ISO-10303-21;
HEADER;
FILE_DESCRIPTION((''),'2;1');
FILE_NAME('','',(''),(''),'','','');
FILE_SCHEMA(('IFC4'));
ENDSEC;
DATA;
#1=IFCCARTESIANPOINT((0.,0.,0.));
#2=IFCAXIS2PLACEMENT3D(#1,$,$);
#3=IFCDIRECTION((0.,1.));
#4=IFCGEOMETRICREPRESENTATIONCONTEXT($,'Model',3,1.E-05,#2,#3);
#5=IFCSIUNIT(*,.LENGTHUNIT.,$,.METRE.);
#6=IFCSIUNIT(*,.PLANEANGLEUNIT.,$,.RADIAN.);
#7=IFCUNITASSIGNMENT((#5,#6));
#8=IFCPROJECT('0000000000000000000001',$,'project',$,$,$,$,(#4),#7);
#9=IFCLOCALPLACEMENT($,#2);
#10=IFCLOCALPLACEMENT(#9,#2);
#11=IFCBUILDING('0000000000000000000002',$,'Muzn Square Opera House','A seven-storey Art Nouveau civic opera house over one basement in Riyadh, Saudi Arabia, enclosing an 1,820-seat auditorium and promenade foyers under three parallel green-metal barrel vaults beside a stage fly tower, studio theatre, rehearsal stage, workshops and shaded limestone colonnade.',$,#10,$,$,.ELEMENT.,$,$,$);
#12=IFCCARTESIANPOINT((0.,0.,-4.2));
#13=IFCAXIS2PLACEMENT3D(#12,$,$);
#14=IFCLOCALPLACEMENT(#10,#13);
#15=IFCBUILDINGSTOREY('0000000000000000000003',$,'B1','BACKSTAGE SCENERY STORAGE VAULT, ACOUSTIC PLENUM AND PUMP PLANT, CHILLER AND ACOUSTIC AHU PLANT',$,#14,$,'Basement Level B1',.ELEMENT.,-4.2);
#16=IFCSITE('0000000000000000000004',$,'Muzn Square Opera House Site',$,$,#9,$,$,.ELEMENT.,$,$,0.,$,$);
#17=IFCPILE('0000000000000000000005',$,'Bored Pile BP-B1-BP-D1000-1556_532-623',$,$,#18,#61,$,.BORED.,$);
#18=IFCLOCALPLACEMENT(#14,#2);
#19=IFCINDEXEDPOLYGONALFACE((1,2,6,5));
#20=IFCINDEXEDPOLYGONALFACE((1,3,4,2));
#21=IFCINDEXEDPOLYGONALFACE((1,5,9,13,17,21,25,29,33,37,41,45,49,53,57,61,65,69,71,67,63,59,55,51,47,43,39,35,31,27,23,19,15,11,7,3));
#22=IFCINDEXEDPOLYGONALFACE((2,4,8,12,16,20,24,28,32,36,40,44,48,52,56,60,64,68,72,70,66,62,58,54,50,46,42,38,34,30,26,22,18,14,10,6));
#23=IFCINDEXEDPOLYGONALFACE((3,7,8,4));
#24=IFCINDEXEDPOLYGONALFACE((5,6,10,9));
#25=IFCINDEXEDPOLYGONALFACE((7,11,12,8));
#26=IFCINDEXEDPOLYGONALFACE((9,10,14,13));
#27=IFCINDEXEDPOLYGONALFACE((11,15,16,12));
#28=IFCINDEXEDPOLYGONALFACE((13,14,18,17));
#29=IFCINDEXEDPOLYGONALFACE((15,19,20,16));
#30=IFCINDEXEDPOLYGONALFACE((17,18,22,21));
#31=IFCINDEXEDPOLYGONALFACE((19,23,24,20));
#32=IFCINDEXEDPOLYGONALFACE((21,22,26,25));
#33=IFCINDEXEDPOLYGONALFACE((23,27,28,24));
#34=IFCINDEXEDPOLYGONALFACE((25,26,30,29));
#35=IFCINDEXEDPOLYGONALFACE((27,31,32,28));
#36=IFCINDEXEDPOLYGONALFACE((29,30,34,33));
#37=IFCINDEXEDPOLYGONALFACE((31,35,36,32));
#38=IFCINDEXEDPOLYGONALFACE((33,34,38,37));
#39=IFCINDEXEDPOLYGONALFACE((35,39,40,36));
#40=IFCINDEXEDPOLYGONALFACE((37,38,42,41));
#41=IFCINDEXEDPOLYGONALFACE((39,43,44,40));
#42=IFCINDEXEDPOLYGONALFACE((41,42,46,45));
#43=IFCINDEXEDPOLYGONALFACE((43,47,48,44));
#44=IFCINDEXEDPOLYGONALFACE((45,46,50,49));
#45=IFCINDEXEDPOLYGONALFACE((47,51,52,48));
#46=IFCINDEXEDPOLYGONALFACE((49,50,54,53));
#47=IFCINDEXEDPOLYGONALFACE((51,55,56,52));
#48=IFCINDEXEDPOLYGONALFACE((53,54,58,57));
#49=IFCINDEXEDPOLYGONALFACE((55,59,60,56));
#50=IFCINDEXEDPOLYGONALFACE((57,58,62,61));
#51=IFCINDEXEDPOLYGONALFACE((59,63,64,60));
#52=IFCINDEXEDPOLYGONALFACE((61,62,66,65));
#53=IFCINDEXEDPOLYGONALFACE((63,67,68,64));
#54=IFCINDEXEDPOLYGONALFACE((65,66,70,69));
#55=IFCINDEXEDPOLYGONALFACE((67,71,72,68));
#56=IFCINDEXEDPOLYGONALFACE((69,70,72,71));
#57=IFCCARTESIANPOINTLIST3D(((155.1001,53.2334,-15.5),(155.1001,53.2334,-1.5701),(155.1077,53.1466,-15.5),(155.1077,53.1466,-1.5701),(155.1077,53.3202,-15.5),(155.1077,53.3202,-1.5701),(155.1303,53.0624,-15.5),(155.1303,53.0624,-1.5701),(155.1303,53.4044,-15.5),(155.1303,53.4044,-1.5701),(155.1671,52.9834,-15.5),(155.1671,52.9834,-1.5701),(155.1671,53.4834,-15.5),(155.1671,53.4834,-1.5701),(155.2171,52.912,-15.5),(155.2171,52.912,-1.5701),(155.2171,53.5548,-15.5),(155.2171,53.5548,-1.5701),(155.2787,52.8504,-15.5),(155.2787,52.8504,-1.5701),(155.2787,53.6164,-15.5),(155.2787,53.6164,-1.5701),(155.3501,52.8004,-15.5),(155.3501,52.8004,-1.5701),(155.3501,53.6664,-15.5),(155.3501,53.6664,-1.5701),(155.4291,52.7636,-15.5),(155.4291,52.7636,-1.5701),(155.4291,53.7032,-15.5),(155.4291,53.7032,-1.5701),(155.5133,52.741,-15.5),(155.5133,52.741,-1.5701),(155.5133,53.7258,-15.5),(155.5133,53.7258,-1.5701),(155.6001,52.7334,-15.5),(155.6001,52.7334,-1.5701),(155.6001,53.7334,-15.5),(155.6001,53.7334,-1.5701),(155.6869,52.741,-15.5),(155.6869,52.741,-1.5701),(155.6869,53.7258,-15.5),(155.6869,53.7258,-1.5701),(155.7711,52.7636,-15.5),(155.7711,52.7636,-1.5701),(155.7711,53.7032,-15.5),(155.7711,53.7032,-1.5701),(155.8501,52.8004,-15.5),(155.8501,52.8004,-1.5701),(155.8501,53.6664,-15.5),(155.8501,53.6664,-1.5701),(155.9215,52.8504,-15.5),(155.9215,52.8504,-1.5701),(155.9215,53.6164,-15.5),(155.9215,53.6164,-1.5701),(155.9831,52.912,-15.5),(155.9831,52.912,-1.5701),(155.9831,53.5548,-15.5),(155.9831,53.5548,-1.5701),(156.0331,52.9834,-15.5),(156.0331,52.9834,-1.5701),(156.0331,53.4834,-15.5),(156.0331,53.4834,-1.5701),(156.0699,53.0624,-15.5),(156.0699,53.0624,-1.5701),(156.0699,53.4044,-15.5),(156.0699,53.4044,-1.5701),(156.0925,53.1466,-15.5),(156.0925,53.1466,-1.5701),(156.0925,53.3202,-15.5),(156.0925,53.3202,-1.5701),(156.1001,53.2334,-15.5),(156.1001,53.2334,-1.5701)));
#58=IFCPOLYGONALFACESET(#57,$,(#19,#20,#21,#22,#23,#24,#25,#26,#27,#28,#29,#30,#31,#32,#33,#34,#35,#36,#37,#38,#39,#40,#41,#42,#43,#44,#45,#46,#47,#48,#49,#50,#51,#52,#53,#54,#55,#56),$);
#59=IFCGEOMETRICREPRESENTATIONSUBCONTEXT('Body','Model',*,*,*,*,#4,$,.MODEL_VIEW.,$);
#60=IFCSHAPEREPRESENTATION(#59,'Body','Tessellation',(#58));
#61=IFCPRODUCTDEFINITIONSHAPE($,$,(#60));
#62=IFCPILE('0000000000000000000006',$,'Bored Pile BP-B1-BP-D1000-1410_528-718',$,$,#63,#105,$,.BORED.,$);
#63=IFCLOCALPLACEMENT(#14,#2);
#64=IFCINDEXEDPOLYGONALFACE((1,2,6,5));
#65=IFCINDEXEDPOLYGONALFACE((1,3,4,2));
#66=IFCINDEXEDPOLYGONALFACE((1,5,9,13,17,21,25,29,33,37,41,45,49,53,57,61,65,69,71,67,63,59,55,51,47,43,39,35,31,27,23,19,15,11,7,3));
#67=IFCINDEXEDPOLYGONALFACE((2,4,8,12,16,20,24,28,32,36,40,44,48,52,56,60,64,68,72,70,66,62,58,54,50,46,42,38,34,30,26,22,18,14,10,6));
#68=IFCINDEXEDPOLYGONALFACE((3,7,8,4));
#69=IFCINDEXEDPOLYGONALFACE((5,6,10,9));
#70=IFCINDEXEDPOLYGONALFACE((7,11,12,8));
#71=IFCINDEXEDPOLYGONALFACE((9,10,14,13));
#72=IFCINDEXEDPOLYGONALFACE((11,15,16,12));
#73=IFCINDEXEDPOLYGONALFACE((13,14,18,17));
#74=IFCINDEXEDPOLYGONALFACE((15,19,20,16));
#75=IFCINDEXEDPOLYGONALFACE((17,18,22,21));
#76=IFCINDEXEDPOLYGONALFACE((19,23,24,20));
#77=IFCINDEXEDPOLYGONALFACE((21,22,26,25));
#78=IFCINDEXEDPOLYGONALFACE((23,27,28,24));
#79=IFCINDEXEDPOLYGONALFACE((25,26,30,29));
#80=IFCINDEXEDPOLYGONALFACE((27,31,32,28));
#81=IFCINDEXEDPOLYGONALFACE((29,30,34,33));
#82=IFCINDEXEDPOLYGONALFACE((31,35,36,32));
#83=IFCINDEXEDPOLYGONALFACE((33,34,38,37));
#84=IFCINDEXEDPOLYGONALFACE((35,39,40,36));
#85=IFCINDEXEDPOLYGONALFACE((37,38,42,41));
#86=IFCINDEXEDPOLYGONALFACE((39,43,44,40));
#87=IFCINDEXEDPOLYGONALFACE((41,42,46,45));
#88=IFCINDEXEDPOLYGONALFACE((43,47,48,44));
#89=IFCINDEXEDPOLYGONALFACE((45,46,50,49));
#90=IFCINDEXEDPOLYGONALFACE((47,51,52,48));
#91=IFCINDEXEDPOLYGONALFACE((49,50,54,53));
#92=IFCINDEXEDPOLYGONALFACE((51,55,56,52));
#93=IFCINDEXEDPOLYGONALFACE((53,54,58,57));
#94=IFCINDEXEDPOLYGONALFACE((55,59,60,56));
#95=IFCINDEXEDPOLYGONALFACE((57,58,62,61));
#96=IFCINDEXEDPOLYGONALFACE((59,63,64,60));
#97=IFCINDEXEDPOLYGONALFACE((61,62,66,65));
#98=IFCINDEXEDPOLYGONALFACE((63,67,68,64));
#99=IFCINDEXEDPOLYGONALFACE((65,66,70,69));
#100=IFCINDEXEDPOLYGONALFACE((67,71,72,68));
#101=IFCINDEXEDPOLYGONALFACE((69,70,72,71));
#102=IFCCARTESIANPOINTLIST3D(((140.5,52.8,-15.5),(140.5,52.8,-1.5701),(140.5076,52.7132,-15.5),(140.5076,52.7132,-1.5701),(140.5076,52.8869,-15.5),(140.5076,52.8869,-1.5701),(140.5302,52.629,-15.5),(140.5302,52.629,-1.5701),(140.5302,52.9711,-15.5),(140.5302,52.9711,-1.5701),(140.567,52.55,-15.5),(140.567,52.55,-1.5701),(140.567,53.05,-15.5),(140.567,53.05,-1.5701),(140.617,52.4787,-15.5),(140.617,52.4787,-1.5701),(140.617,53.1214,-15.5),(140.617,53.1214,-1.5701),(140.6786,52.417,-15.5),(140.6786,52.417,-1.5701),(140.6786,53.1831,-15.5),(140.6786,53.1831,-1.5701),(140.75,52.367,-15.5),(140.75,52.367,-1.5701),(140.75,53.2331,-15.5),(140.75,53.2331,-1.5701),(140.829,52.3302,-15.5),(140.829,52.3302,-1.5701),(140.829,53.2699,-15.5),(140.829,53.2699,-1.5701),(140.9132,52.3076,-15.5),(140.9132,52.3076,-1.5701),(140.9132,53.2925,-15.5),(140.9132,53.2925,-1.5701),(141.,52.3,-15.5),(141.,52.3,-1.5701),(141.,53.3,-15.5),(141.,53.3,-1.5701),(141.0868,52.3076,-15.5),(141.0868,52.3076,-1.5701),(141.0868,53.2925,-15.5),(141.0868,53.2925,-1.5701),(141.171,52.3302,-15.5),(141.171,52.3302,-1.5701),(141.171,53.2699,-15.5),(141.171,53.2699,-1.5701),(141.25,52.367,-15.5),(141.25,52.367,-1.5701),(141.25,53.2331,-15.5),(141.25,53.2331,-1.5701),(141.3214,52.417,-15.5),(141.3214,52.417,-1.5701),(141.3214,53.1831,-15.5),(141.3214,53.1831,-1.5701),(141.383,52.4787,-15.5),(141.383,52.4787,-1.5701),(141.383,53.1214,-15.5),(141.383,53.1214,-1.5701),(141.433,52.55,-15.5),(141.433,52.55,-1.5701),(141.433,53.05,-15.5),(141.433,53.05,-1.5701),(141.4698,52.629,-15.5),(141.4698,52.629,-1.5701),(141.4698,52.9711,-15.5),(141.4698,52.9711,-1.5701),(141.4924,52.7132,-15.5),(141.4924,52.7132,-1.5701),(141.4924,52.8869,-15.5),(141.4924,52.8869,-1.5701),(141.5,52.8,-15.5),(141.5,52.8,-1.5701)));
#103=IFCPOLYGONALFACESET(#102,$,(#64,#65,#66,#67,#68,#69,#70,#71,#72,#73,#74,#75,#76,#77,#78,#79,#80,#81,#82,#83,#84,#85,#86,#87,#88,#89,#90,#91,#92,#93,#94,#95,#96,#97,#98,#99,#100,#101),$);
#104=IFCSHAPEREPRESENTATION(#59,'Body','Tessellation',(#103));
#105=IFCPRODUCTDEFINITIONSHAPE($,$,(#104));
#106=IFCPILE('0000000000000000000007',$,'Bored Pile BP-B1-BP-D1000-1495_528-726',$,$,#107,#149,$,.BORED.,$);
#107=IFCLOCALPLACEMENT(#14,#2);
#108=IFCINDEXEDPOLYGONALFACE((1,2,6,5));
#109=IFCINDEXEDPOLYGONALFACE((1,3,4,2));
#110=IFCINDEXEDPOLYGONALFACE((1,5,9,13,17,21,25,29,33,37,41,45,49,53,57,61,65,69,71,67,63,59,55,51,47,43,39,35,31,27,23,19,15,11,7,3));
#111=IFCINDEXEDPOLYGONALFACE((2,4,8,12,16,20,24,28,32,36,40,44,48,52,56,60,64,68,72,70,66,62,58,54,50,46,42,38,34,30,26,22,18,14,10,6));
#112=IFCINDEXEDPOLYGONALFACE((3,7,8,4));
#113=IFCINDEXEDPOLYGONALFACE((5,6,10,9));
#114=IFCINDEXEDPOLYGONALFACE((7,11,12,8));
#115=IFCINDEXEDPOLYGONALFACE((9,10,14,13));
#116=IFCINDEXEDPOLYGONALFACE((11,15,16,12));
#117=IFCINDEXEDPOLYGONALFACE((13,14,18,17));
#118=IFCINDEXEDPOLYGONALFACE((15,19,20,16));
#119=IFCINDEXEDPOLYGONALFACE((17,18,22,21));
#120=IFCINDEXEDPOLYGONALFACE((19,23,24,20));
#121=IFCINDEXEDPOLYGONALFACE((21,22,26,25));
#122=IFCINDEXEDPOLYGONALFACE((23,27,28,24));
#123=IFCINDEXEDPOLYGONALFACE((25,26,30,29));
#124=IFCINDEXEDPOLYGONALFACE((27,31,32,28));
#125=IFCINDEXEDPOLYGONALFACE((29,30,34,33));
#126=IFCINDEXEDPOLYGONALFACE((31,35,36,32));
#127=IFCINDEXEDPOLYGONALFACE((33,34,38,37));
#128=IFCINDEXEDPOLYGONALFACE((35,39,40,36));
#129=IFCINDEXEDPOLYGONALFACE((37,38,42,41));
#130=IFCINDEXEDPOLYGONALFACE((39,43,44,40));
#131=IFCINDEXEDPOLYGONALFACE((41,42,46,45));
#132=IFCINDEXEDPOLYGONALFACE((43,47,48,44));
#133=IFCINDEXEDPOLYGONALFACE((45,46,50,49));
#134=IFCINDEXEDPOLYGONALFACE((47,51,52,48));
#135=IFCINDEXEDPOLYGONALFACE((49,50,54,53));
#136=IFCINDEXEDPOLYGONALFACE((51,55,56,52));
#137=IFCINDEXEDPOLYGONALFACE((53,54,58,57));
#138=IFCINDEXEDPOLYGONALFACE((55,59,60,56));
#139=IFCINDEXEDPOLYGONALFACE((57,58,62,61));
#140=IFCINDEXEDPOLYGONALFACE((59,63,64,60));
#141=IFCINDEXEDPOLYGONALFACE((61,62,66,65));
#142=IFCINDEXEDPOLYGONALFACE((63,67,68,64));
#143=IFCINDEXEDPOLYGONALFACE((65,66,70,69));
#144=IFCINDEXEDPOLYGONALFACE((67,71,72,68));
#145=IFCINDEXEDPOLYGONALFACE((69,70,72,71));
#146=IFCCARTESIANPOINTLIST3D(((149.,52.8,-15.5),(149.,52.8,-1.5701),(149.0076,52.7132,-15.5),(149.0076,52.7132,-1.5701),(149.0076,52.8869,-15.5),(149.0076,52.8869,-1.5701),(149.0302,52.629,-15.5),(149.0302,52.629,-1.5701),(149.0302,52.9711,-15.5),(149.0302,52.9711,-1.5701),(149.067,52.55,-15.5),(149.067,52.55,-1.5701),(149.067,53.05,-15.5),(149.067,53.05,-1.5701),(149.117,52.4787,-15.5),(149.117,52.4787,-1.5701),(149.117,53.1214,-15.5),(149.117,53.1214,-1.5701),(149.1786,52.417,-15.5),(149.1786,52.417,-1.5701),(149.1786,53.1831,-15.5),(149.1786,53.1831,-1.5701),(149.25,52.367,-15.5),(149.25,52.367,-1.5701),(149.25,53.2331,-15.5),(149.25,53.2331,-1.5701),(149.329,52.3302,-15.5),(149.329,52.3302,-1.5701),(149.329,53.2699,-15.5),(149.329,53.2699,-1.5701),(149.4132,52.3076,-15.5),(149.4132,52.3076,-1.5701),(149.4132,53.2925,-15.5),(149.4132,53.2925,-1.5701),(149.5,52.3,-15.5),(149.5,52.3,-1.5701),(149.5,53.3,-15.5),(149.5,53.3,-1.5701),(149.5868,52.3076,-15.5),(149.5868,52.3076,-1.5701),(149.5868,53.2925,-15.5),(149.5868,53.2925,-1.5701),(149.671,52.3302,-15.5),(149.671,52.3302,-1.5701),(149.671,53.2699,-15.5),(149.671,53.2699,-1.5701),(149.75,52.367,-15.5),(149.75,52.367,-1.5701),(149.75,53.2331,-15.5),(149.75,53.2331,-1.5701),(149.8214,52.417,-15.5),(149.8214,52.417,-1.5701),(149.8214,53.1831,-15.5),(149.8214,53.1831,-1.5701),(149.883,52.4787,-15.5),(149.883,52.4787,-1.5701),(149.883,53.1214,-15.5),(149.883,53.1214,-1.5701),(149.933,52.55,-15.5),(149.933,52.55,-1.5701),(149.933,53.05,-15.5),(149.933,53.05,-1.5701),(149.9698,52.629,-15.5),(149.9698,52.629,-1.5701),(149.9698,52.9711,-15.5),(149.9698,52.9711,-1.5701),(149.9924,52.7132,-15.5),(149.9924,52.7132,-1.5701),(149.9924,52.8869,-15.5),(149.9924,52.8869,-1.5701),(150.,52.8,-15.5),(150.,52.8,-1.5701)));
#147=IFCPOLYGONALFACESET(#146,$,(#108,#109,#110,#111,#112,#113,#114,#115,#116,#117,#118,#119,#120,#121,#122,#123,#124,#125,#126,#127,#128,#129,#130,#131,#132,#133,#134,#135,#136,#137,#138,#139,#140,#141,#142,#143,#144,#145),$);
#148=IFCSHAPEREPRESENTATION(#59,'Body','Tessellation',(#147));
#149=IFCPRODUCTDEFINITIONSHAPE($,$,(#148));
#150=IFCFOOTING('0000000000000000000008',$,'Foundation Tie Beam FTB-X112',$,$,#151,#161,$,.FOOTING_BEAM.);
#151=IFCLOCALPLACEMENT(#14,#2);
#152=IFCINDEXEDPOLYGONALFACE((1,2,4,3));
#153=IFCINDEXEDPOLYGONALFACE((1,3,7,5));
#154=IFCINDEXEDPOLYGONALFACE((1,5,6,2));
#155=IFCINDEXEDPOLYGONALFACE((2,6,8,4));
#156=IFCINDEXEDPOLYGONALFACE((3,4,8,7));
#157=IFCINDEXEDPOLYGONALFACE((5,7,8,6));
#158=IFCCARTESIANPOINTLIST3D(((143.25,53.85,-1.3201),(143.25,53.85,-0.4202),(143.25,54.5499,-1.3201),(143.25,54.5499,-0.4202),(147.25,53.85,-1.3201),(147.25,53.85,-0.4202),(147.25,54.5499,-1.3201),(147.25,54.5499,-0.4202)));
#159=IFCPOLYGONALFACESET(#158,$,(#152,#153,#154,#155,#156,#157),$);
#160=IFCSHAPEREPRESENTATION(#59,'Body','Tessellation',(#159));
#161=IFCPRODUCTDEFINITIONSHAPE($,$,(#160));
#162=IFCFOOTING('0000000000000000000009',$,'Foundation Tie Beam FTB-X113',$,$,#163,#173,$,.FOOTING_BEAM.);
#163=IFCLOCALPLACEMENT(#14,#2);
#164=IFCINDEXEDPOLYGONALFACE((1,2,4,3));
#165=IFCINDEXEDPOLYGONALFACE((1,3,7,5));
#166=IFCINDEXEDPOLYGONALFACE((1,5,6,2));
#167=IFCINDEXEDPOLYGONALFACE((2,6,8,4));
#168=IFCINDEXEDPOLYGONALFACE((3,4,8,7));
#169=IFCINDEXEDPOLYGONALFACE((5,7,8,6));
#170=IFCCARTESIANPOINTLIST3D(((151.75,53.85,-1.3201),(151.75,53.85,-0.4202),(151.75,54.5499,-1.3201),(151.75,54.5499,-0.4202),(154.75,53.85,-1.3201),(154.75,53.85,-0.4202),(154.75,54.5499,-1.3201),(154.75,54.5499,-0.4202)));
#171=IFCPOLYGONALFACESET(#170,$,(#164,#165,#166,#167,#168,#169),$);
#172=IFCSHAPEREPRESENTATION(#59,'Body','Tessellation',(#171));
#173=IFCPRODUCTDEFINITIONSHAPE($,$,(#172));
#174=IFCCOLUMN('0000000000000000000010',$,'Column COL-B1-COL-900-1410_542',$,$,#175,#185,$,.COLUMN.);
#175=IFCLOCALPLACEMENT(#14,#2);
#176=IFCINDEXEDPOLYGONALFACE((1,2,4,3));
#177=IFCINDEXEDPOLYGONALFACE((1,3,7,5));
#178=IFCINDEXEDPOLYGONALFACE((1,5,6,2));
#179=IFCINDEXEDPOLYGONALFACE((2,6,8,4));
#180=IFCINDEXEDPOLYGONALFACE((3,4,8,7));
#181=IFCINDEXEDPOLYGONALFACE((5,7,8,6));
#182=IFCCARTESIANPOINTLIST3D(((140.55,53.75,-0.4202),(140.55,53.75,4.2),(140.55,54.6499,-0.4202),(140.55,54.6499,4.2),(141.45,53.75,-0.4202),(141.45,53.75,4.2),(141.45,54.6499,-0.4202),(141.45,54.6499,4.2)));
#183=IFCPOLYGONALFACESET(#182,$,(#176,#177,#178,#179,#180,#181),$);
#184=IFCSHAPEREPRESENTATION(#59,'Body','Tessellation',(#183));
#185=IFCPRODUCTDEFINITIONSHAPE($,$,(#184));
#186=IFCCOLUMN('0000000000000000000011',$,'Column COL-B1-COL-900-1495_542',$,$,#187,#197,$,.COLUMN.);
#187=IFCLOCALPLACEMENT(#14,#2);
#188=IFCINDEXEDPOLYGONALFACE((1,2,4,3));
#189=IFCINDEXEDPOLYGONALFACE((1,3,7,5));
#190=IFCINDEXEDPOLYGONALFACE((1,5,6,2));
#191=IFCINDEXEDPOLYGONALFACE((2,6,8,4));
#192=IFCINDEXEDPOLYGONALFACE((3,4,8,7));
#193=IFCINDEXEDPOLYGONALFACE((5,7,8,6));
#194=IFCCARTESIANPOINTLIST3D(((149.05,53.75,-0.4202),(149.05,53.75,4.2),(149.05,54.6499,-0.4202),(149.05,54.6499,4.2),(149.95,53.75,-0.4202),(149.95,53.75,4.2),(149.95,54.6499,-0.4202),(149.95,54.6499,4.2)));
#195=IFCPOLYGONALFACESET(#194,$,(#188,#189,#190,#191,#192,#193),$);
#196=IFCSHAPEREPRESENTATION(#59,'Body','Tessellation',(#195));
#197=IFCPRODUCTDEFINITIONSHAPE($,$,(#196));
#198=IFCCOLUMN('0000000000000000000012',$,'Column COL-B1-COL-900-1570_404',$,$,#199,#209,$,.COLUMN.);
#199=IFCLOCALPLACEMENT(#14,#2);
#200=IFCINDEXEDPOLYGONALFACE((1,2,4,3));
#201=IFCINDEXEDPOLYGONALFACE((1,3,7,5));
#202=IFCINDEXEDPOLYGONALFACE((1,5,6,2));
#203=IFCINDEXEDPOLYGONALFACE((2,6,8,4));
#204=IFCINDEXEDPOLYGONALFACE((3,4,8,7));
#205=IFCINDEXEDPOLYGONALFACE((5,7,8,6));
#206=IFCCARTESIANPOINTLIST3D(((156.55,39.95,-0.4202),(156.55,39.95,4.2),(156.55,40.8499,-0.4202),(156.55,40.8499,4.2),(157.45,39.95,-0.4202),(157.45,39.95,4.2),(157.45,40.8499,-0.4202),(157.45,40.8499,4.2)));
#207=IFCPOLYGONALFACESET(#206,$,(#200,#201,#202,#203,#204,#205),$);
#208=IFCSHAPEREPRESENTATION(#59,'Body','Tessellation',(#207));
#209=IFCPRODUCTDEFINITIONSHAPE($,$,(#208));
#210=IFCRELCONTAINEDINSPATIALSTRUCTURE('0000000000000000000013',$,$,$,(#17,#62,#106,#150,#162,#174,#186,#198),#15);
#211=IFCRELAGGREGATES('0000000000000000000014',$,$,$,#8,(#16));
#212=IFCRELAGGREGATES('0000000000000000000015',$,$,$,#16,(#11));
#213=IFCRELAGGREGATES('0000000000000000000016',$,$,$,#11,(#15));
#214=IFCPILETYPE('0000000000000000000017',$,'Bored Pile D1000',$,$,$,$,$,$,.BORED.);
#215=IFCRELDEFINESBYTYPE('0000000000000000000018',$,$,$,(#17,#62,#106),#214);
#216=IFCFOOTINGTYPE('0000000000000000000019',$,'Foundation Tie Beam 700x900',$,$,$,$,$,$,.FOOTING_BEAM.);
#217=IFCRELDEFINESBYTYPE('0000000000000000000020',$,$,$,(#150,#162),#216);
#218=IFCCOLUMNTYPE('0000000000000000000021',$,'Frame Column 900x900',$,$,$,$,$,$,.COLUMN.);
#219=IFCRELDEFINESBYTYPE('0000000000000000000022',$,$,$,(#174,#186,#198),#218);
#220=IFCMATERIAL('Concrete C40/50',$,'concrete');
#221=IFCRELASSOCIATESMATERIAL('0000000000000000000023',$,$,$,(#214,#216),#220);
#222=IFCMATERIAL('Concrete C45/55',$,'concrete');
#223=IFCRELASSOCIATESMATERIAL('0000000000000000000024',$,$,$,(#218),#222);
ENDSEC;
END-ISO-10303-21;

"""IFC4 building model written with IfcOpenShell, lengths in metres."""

from ifc_helpers import new_model, si_unit, direction, frame, origin, origin_2d, place, context, subcontext, project, spatial, rectangle, circle, extrude, material, material_profile, profile_set, type_object, element, save


model = new_model("IFC4")

# Units and contexts
model_context = context("Model", 3, precision=1e-05, world=origin(), true_north=direction((0.0, 1.0)))
body_context = subcontext(model_context, "Body", "Model", "MODEL_VIEW")
ifc_project = project(units=[si_unit("LENGTHUNIT", "METRE"), si_unit("PLANEANGLEUNIT", "RADIAN")], contexts=[model_context])

# Site, building, storey
site_placement = place(None, origin())
site = spatial("IfcSite", under=ifc_project, at=site_placement, Name="Muzn Square Opera House Site", CompositionType="ELEMENT", RefElevation=0.0)
building_placement = place(site_placement, origin())
building = spatial("IfcBuilding", under=site, at=building_placement, Name="Muzn Square Opera House", Description="A seven-storey Art Nouveau civic opera house over one basement in Riyadh, Saudi Arabia, enclosing an 1,820-seat auditorium and promenade foyers under three parallel green-metal barrel vaults beside a stage fly tower, studio theatre, rehearsal stage, workshops and shaded limestone colonnade.", CompositionType="ELEMENT")
storey_placement = place(building_placement, frame((0.0, 0.0, -4.2)))
storey = spatial("IfcBuildingStorey", under=building, at=storey_placement, Name="B1", Description="BACKSTAGE SCENERY STORAGE VAULT, ACOUSTIC PLENUM AND PUMP PLANT, CHILLER AND ACOUSTIC AHU PLANT", LongName="Basement Level B1", CompositionType="ELEMENT", Elevation=-4.2)

# Piles
ifc_material_1 = material(Name="Concrete C40/50", Category="concrete")
ifc_material_profile_1 = material_profile(ifc_material_1, circle(Radius=0.5, at=origin_2d()), Name="BORED PILE D1000", Category="concrete")
ifc_profile_set_1 = profile_set([ifc_material_profile_1], Name="Concrete C40/50")
pile_type = type_object("IfcPileType", Name="Bored Pile D1000", PredefinedType="BORED", material=ifc_profile_set_1)
for number, where, z_axis, x_axis, name in (
    (1, (155.6001, 53.2334, -1.5701), (0.0, 0.0, -1.0), (1.0, 0.0, 0.0), "Bored Pile BP-B1-BP-D1000-1556_532-623"),
    (2, (141.0, 52.8, -1.5701), (0.0, 0.0, -1.0), (1.0, 0.0, 0.0), "Bored Pile BP-B1-BP-D1000-1410_528-718"),
    (3, (149.5, 52.8, -1.5701), (0.0, 0.0, -1.0), (1.0, 0.0, 0.0), "Bored Pile BP-B1-BP-D1000-1495_528-726"),
):
    element("IfcPile", number, at=place(storey_placement, frame(where, z_axis=z_axis, x_axis=x_axis)), inside=storey, type_object=pile_type, Name=name, PredefinedType="BORED", context=body_context, shape_type="SweptSolid", body=[
        extrude(circle(Radius=0.5, at=origin_2d()), origin(), (0.0, 0.0, 1.0), 13.9299),
    ])

# Footings
ifc_material_profile_2 = material_profile(ifc_material_1, rectangle(XDim=0.7, YDim=0.8999, at=origin_2d()), Name="RCTB 700x900", Category="concrete")
ifc_profile_set_2 = profile_set([ifc_material_profile_2], Name="Concrete C40/50")
footing_type = type_object("IfcFootingType", Name="Foundation Tie Beam 700x900", PredefinedType="FOOTING_BEAM", material=ifc_profile_set_2)
footing_1_placement = place(storey_placement, frame((143.25, 54.2, -0.8701), z_axis=(1.0, 0.0, 0.0), x_axis=(0.0, 1.0, 0.0)))
element("IfcFooting", 4, at=footing_1_placement, inside=storey, type_object=footing_type, Name="Foundation Tie Beam FTB-X112", PredefinedType="FOOTING_BEAM", context=body_context, shape_type="SweptSolid", body=[
    extrude(rectangle(XDim=0.7, YDim=0.8999, at=origin_2d()), origin(), (0.0, 0.0, 1.0), 4.0),
])
footing_2_placement = place(storey_placement, frame((151.75, 54.2, -0.8701), z_axis=(1.0, 0.0, 0.0), x_axis=(0.0, 1.0, 0.0)))
element("IfcFooting", 5, at=footing_2_placement, inside=storey, type_object=footing_type, Name="Foundation Tie Beam FTB-X113", PredefinedType="FOOTING_BEAM", context=body_context, shape_type="SweptSolid", body=[
    extrude(rectangle(XDim=0.7, YDim=0.8999, at=origin_2d()), origin(), (0.0, 0.0, 1.0), 3.0),
])

# Columns
ifc_material_2 = material(Name="Concrete C45/55", Category="concrete")
ifc_material_profile_3 = material_profile(ifc_material_2, rectangle(XDim=0.8999, YDim=0.8999, at=origin_2d()), Name="RC 900x900", Category="concrete")
ifc_profile_set_3 = profile_set([ifc_material_profile_3], Name="Concrete C45/55")
column_type = type_object("IfcColumnType", Name="Frame Column 900x900", PredefinedType="COLUMN", material=ifc_profile_set_3)
for number, where, z_axis, x_axis, name in (
    (6, (141.0, 54.2, -0.4202), (0.0, 0.0, 1.0), (1.0, 0.0, 0.0), "Column COL-B1-COL-900-1410_542"),
    (7, (149.5, 54.2, -0.4202), (0.0, 0.0, 1.0), (1.0, 0.0, 0.0), "Column COL-B1-COL-900-1495_542"),
    (8, (157.0, 40.3999, -0.4202), (0.0, 0.0, 1.0), (1.0, 0.0, 0.0), "Column COL-B1-COL-900-1570_404"),
):
    element("IfcColumn", number, at=place(storey_placement, frame(where, z_axis=z_axis, x_axis=x_axis)), inside=storey, type_object=column_type, Name=name, PredefinedType="COLUMN", context=body_context, shape_type="SweptSolid", body=[
        extrude(rectangle(XDim=0.8999, YDim=0.8999, at=origin_2d()), origin(), (0.0, 0.0, 1.0), 4.6201),
    ])

save(model, "model.ifc")
